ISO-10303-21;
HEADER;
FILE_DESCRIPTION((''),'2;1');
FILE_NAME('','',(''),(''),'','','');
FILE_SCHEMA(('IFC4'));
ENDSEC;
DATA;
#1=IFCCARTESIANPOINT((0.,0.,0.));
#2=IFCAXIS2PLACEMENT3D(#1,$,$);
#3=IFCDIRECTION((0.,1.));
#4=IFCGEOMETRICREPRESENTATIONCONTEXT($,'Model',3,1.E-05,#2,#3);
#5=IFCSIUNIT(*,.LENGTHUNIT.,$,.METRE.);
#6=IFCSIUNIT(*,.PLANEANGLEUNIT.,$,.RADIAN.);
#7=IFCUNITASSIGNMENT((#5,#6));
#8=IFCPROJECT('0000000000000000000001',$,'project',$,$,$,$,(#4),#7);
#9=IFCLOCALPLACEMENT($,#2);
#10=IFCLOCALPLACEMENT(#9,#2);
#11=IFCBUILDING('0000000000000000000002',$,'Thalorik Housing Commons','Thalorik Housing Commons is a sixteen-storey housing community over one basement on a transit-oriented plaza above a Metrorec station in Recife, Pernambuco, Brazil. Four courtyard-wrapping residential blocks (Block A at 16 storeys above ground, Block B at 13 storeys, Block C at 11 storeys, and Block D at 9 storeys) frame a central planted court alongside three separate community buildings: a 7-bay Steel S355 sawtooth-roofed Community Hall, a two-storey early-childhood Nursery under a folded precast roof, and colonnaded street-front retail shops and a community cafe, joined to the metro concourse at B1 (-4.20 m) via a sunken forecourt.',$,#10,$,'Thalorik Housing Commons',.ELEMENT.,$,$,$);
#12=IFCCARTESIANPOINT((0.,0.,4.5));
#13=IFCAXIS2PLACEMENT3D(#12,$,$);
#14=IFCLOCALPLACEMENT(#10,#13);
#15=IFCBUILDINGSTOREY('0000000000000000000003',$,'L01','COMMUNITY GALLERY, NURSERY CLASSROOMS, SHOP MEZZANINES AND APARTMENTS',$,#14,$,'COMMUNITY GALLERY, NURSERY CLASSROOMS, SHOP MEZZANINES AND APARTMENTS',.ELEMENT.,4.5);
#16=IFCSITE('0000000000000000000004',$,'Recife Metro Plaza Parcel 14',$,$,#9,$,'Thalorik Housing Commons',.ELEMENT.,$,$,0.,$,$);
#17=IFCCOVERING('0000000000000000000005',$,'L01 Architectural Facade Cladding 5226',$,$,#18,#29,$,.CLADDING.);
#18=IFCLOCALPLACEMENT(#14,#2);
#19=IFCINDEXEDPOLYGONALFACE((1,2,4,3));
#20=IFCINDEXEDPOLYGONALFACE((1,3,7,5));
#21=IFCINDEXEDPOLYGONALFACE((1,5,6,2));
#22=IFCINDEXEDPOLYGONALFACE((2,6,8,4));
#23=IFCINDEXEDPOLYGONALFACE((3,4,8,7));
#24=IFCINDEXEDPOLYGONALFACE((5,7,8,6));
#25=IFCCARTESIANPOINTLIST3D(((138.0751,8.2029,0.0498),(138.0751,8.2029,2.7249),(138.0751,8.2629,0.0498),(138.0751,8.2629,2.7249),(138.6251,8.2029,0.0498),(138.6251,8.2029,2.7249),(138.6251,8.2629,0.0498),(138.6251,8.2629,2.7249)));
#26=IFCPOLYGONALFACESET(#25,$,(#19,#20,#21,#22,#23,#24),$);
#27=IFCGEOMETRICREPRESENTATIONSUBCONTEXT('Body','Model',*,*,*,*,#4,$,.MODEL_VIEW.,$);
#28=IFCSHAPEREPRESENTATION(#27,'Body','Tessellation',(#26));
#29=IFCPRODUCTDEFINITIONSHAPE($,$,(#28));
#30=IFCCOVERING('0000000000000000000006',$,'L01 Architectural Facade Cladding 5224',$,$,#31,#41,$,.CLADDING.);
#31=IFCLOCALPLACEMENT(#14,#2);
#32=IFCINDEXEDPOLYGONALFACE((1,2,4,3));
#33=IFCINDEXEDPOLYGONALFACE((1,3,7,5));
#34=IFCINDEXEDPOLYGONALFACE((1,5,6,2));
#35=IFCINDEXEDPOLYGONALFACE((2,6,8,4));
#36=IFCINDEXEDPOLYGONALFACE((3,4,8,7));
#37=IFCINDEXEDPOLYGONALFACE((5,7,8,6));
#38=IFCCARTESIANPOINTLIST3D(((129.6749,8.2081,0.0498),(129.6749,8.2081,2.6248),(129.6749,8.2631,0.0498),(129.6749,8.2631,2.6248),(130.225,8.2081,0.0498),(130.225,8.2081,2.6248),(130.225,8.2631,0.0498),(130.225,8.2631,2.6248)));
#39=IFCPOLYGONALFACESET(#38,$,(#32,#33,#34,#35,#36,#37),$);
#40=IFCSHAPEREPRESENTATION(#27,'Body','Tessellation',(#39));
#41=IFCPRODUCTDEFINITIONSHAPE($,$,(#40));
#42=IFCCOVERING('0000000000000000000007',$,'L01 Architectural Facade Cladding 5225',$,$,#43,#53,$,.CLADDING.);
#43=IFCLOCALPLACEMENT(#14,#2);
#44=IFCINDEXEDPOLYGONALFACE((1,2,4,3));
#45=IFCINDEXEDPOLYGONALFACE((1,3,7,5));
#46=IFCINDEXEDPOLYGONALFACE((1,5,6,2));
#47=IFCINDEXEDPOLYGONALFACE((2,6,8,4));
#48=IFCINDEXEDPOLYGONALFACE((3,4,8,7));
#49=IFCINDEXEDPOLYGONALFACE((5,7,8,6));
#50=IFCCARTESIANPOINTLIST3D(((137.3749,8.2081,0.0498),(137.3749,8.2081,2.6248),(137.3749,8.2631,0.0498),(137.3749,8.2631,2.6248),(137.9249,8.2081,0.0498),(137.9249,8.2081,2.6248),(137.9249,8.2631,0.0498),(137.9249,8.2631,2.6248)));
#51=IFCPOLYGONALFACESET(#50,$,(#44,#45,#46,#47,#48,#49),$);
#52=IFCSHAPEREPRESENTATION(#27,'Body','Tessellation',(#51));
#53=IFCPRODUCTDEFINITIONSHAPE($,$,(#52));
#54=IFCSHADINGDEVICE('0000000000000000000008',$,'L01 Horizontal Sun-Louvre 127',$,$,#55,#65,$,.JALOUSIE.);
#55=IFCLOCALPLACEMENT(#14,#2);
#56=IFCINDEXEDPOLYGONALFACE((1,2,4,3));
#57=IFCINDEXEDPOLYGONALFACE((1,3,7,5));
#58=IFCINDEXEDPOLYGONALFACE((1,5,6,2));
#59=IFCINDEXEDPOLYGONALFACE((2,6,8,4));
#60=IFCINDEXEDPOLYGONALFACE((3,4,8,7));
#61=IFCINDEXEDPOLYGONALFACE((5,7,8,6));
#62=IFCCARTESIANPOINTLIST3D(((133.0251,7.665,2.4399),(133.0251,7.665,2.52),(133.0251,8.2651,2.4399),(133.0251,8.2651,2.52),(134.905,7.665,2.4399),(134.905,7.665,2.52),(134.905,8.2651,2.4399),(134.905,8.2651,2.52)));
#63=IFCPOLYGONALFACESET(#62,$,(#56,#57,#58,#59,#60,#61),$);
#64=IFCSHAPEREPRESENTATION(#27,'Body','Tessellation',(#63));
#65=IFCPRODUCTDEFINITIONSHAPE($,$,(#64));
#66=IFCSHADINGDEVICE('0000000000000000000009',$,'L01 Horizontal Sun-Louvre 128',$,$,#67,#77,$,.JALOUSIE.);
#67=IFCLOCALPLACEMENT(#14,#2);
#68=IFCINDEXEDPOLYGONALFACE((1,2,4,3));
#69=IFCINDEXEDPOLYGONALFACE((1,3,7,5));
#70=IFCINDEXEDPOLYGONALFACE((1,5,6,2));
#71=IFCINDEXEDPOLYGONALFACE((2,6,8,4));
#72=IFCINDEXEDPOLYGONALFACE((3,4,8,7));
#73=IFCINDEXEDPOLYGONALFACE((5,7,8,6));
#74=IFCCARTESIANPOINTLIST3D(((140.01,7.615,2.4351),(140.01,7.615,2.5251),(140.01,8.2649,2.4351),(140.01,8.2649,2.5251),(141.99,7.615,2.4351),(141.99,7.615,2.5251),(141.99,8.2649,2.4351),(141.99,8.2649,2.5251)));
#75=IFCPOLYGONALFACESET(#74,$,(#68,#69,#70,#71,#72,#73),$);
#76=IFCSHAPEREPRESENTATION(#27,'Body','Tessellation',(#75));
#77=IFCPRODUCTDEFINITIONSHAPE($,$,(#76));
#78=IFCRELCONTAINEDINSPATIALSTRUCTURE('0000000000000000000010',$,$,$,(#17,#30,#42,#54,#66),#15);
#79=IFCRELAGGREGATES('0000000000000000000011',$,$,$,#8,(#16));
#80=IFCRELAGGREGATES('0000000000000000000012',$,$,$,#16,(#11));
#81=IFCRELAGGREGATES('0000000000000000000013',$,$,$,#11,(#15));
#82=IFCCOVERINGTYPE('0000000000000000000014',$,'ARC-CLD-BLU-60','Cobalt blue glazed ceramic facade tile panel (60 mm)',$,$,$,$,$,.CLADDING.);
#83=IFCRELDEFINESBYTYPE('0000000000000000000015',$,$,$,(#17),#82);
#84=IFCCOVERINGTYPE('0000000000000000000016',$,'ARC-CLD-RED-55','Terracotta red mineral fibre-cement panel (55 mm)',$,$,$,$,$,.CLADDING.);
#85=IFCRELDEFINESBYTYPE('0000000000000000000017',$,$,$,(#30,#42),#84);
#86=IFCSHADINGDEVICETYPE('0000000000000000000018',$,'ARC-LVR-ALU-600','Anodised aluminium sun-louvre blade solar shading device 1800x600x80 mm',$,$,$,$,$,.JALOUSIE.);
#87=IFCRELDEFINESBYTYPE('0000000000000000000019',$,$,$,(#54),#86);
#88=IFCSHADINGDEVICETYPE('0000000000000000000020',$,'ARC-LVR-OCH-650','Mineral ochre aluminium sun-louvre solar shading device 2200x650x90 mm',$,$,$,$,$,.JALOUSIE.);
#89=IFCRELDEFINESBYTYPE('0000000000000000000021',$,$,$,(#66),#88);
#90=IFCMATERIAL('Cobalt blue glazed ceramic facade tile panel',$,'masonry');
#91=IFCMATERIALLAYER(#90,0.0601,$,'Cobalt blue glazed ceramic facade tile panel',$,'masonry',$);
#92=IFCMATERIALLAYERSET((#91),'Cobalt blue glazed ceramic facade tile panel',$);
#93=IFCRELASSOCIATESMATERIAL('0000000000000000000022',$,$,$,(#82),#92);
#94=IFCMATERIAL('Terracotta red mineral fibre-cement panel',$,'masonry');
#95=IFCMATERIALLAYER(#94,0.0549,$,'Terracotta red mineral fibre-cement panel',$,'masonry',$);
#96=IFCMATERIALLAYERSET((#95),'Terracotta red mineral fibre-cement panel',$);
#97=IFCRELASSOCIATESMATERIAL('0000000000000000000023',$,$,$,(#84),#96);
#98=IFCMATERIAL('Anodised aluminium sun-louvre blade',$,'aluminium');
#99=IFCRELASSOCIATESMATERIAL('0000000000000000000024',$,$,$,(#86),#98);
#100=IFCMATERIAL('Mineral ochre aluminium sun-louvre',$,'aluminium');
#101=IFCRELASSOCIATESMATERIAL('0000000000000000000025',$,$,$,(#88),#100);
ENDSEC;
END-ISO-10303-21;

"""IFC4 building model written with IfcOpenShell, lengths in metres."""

from ifc_helpers import new_model, si_unit, direction, frame, origin, origin_2d, place, context, subcontext, project, spatial, rectangle, extrude, material, layer, layer_set, type_object, element, save


model = new_model("IFC4")

# Units and contexts
model_context = context("Model", 3, precision=1e-05, world=origin(), true_north=direction((0.0, 1.0)))
body_context = subcontext(model_context, "Body", "Model", "MODEL_VIEW")
ifc_project = project(units=[si_unit("LENGTHUNIT", "METRE"), si_unit("PLANEANGLEUNIT", "RADIAN")], contexts=[model_context])

# Site, building, storey
site_placement = place(None, origin())
site = spatial("IfcSite", under=ifc_project, at=site_placement, Name="Recife Metro Plaza Parcel 14", LongName="Thalorik Housing Commons", CompositionType="ELEMENT", RefElevation=0.0)
building_placement = place(site_placement, origin())
building = spatial("IfcBuilding", under=site, at=building_placement, Name="Thalorik Housing Commons", Description="Thalorik Housing Commons is a sixteen-storey housing community over one basement on a transit-oriented plaza above a Metrorec station in Recife, Pernambuco, Brazil. Four courtyard-wrapping residential blocks (Block A at 16 storeys above ground, Block B at 13 storeys, Block C at 11 storeys, and Block D at 9 storeys) frame a central planted court alongside three separate community buildings: a 7-bay Steel S355 sawtooth-roofed Community Hall, a two-storey early-childhood Nursery under a folded precast roof, and colonnaded street-front retail shops and a community cafe, joined to the metro concourse at B1 (-4.20 m) via a sunken forecourt.", LongName="Thalorik Housing Commons", CompositionType="ELEMENT")
storey_placement = place(building_placement, frame((0.0, 0.0, 4.5)))
storey = spatial("IfcBuildingStorey", under=building, at=storey_placement, Name="L01", Description="COMMUNITY GALLERY, NURSERY CLASSROOMS, SHOP MEZZANINES AND APARTMENTS", LongName="COMMUNITY GALLERY, NURSERY CLASSROOMS, SHOP MEZZANINES AND APARTMENTS", CompositionType="ELEMENT", Elevation=4.5)

# Coverings
ifc_material_1 = material(Name="Cobalt blue glazed ceramic facade tile panel", Category="masonry")
ifc_layer_1 = layer(ifc_material_1, 0.0601, Name="Cobalt blue glazed ceramic facade tile panel", Category="masonry")
ifc_layer_set_1 = layer_set([ifc_layer_1], Name="Cobalt blue glazed ceramic facade tile panel")
covering_type_1 = type_object("IfcCoveringType", Name="ARC-CLD-BLU-60", Description="Cobalt blue glazed ceramic facade tile panel (60 mm)", PredefinedType="CLADDING", material=ifc_layer_set_1)
covering_placement = place(storey_placement, frame((138.3501, 8.2329, 0.0498), z_axis=(0.0, 0.0, 1.0), x_axis=(1.0, 0.0, 0.0)))
element("IfcCovering", 1, at=covering_placement, inside=storey, type_object=covering_type_1, Name="L01 Architectural Facade Cladding 5226", PredefinedType="CLADDING", context=body_context, shape_type="SweptSolid", body=[
    extrude(rectangle(XDim=0.55, YDim=0.0601, at=origin_2d()), origin(), (0.0, 0.0, 1.0), 2.675),
])
ifc_material_2 = material(Name="Terracotta red mineral fibre-cement panel", Category="masonry")
ifc_layer_2 = layer(ifc_material_2, 0.0549, Name="Terracotta red mineral fibre-cement panel", Category="masonry")
ifc_layer_set_2 = layer_set([ifc_layer_2], Name="Terracotta red mineral fibre-cement panel")
covering_type_2 = type_object("IfcCoveringType", Name="ARC-CLD-RED-55", Description="Terracotta red mineral fibre-cement panel (55 mm)", PredefinedType="CLADDING", material=ifc_layer_set_2)
for number, where, z_axis, x_axis, name in (
    (2, (129.95, 8.2356, 0.0498), (0.0, 0.0, 1.0), (1.0, 0.0, 0.0), "L01 Architectural Facade Cladding 5224"),
    (3, (137.6499, 8.2356, 0.0498), (0.0, 0.0, 1.0), (1.0, 0.0, 0.0), "L01 Architectural Facade Cladding 5225"),
):
    element("IfcCovering", number, at=place(storey_placement, frame(where, z_axis=z_axis, x_axis=x_axis)), inside=storey, type_object=covering_type_2, Name=name, PredefinedType="CLADDING", context=body_context, shape_type="SweptSolid", body=[
        extrude(rectangle(XDim=0.55, YDim=0.0549, at=origin_2d()), origin(), (0.0, 0.0, 1.0), 2.575),
    ])

# Shading devices
ifc_material_3 = material(Name="Anodised aluminium sun-louvre blade", Category="aluminium")
shading_device_type_1 = type_object("IfcShadingDeviceType", Name="ARC-LVR-ALU-600", Description="Anodised aluminium sun-louvre blade solar shading device 1800x600x80 mm", PredefinedType="JALOUSIE", material=ifc_material_3)
shading_device_1_placement = place(storey_placement, frame((133.9651, 7.9651, 2.4399), z_axis=(0.0, 0.0, 1.0), x_axis=(1.0, 0.0, 0.0)))
element("IfcShadingDevice", 4, at=shading_device_1_placement, inside=storey, type_object=shading_device_type_1, Name="L01 Horizontal Sun-Louvre 127", PredefinedType="JALOUSIE", context=body_context, shape_type="SweptSolid", body=[
    extrude(rectangle(XDim=1.8799, YDim=0.6001, at=origin_2d()), origin(), (0.0, 0.0, 1.0), 0.0801),
])
ifc_material_4 = material(Name="Mineral ochre aluminium sun-louvre", Category="aluminium")
shading_device_type_2 = type_object("IfcShadingDeviceType", Name="ARC-LVR-OCH-650", Description="Mineral ochre aluminium sun-louvre solar shading device 2200x650x90 mm", PredefinedType="JALOUSIE", material=ifc_material_4)
shading_device_2_placement = place(storey_placement, frame((141.0, 7.9399, 2.4351), z_axis=(0.0, 0.0, 1.0), x_axis=(1.0, 0.0, 0.0)))
element("IfcShadingDevice", 5, at=shading_device_2_placement, inside=storey, type_object=shading_device_type_2, Name="L01 Horizontal Sun-Louvre 128", PredefinedType="JALOUSIE", context=body_context, shape_type="SweptSolid", body=[
    extrude(rectangle(XDim=1.98, YDim=0.6499, at=origin_2d()), origin(), (0.0, 0.0, 1.0), 0.0901),
])

save(model, "model.ifc")
